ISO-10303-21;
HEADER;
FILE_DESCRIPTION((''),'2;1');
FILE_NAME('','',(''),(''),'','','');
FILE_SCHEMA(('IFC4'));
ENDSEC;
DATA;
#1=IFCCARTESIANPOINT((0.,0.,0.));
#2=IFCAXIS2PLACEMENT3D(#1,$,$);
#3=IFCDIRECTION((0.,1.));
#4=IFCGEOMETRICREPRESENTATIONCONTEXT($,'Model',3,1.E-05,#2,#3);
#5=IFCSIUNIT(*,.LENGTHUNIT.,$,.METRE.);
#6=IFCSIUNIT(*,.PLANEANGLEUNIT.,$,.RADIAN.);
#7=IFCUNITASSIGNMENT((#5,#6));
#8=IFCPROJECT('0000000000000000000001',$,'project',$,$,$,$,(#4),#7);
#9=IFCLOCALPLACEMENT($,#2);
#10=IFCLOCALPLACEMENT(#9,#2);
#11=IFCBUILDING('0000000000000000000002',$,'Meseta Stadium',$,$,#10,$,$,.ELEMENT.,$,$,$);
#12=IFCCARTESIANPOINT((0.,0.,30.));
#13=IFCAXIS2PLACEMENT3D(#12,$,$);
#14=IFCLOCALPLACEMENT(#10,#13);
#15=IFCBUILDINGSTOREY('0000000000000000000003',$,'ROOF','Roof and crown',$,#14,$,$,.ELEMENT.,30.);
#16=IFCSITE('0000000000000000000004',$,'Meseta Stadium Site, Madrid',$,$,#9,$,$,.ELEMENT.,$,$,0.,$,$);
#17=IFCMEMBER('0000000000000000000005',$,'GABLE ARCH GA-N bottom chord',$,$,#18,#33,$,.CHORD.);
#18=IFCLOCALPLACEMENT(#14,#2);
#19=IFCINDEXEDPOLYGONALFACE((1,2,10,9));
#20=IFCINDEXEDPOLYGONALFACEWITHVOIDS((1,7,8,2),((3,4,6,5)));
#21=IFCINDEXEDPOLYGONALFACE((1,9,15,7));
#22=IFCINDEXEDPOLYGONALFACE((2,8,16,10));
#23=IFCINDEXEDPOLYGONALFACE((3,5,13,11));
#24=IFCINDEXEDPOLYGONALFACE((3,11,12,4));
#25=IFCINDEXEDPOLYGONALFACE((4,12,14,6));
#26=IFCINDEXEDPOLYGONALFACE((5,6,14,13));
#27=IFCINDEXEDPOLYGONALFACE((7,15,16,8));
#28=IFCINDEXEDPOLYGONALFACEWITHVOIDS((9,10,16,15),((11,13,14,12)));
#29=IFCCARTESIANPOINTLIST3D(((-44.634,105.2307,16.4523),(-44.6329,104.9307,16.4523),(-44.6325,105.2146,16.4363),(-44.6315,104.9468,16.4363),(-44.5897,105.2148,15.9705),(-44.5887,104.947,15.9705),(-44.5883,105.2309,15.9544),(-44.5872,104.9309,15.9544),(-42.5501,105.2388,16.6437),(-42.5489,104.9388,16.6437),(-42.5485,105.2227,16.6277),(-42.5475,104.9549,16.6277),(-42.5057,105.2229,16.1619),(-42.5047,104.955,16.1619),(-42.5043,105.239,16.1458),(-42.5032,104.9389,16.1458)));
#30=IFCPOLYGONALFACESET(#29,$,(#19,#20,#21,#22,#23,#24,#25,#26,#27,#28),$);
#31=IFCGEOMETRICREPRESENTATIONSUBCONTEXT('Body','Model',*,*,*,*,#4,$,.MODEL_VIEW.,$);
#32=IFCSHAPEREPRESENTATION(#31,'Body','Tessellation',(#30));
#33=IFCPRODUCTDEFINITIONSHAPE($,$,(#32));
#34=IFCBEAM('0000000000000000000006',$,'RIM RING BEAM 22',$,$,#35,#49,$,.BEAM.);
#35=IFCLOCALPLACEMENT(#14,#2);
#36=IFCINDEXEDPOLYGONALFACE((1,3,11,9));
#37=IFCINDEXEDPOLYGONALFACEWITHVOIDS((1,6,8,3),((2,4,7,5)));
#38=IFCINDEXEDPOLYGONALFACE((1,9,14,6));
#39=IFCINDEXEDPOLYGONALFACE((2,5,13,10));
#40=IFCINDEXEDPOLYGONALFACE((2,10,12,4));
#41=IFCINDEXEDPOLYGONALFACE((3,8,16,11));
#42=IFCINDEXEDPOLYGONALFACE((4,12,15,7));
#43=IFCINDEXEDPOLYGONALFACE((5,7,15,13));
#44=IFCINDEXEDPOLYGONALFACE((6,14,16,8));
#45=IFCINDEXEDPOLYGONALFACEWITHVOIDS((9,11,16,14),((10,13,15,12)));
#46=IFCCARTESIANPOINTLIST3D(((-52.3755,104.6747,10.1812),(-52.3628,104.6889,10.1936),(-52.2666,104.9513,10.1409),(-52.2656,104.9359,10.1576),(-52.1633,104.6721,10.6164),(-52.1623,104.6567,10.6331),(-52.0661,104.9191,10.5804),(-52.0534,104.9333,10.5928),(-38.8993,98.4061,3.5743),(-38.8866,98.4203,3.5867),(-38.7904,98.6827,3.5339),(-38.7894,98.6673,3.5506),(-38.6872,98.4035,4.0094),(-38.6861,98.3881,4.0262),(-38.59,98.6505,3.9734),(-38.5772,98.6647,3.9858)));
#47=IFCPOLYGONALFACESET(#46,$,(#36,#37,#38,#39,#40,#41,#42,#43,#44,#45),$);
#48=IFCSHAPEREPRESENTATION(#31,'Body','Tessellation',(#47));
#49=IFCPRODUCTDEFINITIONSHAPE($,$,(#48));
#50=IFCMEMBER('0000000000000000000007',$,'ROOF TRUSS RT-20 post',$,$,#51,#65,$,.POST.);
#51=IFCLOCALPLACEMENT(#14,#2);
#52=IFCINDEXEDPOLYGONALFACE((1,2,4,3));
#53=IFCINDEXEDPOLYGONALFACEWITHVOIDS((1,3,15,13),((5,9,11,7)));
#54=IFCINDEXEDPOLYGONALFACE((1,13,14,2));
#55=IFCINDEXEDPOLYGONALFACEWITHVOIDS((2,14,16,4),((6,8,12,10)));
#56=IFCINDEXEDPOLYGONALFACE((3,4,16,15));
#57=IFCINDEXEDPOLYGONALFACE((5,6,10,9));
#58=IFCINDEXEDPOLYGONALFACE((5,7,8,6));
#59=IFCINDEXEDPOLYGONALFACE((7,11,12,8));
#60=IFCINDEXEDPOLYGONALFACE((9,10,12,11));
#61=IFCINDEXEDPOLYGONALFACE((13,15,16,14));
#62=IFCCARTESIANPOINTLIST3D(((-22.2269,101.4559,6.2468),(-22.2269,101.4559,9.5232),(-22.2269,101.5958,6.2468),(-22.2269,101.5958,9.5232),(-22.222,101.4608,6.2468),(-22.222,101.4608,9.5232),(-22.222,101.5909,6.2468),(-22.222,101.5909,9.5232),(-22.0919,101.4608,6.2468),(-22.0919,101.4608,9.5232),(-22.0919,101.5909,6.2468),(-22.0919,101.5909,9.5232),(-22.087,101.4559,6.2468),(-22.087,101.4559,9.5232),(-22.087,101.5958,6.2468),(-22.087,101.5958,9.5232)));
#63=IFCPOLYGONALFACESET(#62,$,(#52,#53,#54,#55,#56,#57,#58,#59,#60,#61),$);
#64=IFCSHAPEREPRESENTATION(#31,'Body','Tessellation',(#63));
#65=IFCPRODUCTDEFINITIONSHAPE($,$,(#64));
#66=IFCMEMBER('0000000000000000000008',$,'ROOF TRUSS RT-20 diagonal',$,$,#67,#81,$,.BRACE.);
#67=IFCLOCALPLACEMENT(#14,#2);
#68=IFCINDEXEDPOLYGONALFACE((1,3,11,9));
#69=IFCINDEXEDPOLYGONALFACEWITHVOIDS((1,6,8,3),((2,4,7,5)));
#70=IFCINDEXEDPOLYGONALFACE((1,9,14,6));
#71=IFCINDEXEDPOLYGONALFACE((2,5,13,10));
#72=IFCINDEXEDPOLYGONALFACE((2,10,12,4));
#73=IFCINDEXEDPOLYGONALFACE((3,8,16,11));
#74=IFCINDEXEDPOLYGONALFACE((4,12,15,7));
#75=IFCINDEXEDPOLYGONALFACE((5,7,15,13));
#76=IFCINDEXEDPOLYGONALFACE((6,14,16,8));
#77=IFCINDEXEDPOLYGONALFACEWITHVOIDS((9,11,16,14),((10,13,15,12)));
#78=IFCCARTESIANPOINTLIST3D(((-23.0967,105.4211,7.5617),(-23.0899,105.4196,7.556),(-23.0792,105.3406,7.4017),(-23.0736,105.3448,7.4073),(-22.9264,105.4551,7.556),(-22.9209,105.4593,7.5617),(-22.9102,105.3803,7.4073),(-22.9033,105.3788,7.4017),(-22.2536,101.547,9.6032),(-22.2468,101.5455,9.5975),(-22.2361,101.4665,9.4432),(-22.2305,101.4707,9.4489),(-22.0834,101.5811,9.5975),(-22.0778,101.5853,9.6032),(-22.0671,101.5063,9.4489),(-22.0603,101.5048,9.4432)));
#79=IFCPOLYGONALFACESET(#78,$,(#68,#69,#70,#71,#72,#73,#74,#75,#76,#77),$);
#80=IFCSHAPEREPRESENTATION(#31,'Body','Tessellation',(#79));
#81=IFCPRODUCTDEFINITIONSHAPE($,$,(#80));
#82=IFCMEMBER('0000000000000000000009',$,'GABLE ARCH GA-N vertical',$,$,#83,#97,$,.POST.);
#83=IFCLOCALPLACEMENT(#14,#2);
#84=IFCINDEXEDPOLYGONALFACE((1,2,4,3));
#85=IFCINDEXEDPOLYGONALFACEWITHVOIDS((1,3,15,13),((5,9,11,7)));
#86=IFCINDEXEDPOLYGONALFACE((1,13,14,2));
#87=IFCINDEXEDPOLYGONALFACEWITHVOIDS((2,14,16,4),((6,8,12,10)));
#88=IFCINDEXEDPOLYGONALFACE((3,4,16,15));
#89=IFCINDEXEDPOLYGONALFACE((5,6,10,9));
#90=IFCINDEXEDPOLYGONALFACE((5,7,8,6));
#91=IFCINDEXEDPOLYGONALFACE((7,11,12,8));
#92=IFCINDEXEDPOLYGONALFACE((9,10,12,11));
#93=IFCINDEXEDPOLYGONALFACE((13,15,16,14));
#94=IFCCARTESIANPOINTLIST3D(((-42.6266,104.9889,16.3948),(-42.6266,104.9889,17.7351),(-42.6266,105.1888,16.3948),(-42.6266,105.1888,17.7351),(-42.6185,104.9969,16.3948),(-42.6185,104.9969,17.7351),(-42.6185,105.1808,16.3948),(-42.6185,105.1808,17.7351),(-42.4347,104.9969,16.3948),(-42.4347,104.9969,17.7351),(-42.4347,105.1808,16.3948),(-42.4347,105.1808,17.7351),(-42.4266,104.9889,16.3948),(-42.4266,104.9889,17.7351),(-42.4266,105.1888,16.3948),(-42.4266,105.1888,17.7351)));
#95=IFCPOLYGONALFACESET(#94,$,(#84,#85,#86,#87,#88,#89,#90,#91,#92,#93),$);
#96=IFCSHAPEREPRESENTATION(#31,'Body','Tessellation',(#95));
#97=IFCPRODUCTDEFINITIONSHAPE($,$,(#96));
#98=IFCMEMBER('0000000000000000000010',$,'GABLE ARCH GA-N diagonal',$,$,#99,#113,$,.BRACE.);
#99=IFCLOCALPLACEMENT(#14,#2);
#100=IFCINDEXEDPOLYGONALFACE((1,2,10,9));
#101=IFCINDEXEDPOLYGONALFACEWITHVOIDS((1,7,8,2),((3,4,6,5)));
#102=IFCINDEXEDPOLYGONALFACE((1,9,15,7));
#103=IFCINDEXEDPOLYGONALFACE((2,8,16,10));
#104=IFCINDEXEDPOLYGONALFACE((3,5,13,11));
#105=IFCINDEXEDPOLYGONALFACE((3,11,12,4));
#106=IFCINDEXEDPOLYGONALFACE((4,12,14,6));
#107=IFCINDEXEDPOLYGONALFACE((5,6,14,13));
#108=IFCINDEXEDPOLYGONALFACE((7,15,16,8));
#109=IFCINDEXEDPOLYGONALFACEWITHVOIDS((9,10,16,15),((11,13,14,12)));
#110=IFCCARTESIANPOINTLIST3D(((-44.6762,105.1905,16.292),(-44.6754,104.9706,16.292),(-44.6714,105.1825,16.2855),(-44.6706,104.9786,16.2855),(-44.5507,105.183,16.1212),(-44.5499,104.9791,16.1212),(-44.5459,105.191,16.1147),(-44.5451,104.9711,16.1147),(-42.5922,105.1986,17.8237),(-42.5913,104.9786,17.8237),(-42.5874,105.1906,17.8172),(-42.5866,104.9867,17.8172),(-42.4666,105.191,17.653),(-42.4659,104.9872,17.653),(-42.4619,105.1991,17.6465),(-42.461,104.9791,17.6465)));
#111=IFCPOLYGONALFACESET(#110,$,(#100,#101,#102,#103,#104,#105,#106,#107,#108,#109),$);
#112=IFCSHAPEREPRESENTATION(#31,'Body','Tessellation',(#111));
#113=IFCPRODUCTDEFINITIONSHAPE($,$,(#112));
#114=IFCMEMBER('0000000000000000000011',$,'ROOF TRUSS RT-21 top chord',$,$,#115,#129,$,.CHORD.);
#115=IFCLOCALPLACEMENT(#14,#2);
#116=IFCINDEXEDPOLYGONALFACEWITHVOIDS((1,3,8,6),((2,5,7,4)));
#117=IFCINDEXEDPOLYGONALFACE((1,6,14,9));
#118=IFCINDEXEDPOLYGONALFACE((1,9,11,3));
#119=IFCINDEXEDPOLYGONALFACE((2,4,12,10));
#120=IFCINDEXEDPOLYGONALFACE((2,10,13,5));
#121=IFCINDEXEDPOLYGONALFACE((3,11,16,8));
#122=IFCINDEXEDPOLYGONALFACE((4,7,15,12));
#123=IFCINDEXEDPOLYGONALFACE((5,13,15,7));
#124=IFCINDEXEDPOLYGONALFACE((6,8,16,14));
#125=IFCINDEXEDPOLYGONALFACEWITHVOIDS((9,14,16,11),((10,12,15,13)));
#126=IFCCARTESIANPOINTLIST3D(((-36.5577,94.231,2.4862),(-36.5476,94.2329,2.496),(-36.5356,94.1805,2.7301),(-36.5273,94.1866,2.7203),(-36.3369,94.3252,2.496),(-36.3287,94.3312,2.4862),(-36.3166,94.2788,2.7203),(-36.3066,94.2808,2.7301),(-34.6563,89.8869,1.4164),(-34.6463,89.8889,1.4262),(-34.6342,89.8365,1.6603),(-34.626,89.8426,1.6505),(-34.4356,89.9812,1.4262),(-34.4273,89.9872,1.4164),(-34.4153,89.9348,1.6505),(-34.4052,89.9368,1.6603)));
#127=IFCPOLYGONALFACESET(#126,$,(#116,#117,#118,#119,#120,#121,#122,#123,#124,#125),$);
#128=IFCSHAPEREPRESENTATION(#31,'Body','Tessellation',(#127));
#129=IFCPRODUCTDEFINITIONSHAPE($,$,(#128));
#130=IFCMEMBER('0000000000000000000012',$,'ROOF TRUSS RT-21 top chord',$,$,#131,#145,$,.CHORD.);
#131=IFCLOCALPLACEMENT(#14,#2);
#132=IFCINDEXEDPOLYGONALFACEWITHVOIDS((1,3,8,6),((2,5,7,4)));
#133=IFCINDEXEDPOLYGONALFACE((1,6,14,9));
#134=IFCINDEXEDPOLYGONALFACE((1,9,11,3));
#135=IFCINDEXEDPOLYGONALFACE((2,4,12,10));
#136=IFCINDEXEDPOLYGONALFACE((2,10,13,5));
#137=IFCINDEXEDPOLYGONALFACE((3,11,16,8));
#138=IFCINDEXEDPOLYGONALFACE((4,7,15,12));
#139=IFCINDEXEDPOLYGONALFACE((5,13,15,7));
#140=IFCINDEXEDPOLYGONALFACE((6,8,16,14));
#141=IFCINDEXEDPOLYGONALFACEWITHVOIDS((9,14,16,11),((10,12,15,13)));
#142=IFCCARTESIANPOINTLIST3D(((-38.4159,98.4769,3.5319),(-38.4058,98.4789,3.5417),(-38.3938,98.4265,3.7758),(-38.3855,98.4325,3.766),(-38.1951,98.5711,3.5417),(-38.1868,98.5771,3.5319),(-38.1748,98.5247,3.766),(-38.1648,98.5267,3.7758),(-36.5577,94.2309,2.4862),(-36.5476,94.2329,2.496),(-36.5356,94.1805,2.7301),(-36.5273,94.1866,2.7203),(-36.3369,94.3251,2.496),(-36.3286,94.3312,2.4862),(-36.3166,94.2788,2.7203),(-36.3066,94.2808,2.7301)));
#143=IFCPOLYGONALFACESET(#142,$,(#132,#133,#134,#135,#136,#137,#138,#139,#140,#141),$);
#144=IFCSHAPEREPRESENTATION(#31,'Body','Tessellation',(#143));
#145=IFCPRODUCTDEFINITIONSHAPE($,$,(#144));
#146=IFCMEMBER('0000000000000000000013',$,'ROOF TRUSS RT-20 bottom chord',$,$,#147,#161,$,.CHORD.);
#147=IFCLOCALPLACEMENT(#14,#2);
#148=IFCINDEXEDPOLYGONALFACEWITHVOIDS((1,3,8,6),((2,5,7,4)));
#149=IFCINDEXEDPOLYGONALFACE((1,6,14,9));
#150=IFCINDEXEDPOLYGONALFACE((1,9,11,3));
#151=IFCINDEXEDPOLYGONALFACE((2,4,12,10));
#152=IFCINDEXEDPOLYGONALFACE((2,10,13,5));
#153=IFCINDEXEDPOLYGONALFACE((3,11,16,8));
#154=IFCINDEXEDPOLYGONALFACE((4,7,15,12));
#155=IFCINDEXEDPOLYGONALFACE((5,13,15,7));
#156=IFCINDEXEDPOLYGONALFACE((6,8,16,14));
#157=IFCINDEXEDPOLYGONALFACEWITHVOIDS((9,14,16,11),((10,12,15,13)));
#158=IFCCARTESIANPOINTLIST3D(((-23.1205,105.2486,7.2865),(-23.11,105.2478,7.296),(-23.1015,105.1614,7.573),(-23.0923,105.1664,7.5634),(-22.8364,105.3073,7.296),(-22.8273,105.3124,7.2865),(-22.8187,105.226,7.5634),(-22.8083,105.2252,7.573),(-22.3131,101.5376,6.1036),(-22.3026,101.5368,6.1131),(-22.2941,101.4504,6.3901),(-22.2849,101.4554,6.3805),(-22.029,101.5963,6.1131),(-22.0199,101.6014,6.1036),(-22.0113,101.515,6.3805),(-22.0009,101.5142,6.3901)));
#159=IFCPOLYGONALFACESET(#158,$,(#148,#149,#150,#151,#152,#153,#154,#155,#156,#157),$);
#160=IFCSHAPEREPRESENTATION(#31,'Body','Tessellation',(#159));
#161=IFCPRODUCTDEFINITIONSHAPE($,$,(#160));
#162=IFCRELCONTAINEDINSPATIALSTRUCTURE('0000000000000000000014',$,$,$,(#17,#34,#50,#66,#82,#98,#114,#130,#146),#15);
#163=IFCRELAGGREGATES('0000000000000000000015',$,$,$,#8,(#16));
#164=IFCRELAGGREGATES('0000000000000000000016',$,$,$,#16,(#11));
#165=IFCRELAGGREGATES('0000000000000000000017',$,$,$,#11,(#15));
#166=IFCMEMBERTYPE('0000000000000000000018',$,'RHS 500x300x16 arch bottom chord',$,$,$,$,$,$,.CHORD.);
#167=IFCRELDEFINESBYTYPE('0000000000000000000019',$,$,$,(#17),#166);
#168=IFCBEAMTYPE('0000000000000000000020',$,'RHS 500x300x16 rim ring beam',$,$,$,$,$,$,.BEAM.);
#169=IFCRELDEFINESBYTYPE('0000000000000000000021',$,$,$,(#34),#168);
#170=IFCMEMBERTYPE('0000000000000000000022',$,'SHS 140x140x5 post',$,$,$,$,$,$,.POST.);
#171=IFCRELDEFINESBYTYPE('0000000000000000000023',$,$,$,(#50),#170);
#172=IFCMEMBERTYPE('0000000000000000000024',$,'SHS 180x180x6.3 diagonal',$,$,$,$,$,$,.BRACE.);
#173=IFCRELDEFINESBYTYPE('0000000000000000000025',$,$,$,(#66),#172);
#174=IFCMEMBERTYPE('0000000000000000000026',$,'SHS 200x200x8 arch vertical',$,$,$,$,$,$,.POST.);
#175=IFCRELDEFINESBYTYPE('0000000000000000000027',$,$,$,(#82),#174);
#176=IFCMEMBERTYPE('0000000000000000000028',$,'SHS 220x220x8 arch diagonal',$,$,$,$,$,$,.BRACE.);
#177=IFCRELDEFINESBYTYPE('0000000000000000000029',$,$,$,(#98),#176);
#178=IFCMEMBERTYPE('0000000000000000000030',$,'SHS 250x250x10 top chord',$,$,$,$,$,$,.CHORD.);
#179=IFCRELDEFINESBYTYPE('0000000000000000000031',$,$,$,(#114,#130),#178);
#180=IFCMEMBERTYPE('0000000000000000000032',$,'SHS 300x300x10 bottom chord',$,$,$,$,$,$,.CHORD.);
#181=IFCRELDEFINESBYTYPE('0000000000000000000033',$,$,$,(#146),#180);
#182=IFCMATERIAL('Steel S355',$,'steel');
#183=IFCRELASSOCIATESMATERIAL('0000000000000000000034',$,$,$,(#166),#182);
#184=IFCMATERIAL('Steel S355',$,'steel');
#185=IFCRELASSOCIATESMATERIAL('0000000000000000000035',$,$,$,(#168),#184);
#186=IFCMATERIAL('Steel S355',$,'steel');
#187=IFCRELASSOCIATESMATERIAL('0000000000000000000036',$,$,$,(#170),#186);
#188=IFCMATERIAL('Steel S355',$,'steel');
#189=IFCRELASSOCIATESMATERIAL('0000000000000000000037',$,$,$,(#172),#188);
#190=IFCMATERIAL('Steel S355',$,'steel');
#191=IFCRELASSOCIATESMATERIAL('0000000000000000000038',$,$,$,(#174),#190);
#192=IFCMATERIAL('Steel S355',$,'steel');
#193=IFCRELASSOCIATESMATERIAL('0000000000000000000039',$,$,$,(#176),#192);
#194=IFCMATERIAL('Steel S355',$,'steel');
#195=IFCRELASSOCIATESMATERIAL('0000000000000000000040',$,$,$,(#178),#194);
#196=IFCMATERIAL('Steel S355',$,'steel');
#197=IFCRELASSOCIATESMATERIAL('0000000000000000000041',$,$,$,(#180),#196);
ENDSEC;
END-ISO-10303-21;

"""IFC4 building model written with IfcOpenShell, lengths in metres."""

from ifc_helpers import new_model, si_unit, direction, frame, origin, origin_2d, place, context, subcontext, project, spatial, hollow_rectangle, extrude, material, material_profile, profile_set, type_object, element, save


model = new_model("IFC4")

# Units and contexts
model_context = context("Model", 3, precision=1e-05, world=origin(), true_north=direction((0.0, 1.0)))
body_context = subcontext(model_context, "Body", "Model", "MODEL_VIEW")
ifc_project = project(units=[si_unit("LENGTHUNIT", "METRE"), si_unit("PLANEANGLEUNIT", "RADIAN")], contexts=[model_context])

# Site, building, storey
site_placement = place(None, origin())
site = spatial("IfcSite", under=ifc_project, at=site_placement, Name="Meseta Stadium Site, Madrid", CompositionType="ELEMENT", RefElevation=0.0)
building_placement = place(site_placement, origin())
building = spatial("IfcBuilding", under=site, at=building_placement, Name="Meseta Stadium", CompositionType="ELEMENT")
storey_placement = place(building_placement, frame((0.0, 0.0, 30.0)))
storey = spatial("IfcBuildingStorey", under=building, at=storey_placement, Name="ROOF", Description="Roof and crown", CompositionType="ELEMENT", Elevation=30.0)

# Member
ifc_material_1 = material(Name="Steel S355", Category="steel")
ifc_material_profile_1 = material_profile(ifc_material_1, hollow_rectangle(XDim=0.3, YDim=0.5, WallThickness=0.0161, at=origin_2d()), Name="RHS 500x300x16")
ifc_profile_set_1 = profile_set([ifc_material_profile_1], Name="Steel S355")
member_type_1 = type_object("IfcMemberType", Name="RHS 500x300x16 arch bottom chord", PredefinedType="CHORD", material=ifc_profile_set_1)
member_1_placement = place(storey_placement, frame((-42.5266, 105.0889, 16.3948), z_axis=(-0.995801, -0.00385, -0.091461), x_axis=(0.003866, -0.999993, 0.0)))
element("IfcMember", 1, at=member_1_placement, inside=storey, type_object=member_type_1, Name="GABLE ARCH GA-N bottom chord", PredefinedType="CHORD", context=body_context, shape_type="SweptSolid", body=[
    extrude(hollow_rectangle(XDim=0.3, YDim=0.5, WallThickness=0.0161, at=origin_2d()), origin(), (0.0, 0.0, 1.0), 2.0928),
])

# Beam
ifc_material_2 = material(Name="Steel S355", Category="steel")
ifc_material_profile_2 = material_profile(ifc_material_2, hollow_rectangle(XDim=0.3, YDim=0.5, WallThickness=0.0161, at=origin_2d()), Name="RHS 500x300x16")
ifc_profile_set_2 = profile_set([ifc_material_profile_2], Name="Steel S355")
beam_type = type_object("IfcBeamType", Name="RHS 500x300x16 rim ring beam", PredefinedType="BEAM", material=ifc_profile_set_2)
beam_placement = place(storey_placement, frame((-38.7383, 98.5354, 3.78), z_axis=(-0.828531, 0.385401, 0.406205), x_axis=(-0.362949, -0.922048, 0.134523)))
element("IfcBeam", 2, at=beam_placement, inside=storey, type_object=beam_type, Name="RIM RING BEAM 22", PredefinedType="BEAM", context=body_context, shape_type="SweptSolid", body=[
    extrude(hollow_rectangle(XDim=0.3, YDim=0.5, WallThickness=0.0161, at=origin_2d()), origin(), (0.0, 0.0, 1.0), 16.2651),
])

# Members
ifc_material_3 = material(Name="Steel S355", Category="steel")
ifc_material_profile_3 = material_profile(ifc_material_3, hollow_rectangle(XDim=0.1399, YDim=0.1399, WallThickness=0.0049, at=origin_2d()), Name="SHS 140x140x5")
ifc_profile_set_3 = profile_set([ifc_material_profile_3], Name="Steel S355")
member_type_2 = type_object("IfcMemberType", Name="SHS 140x140x5 post", PredefinedType="POST", material=ifc_profile_set_3)
member_2_placement = place(storey_placement, frame((-22.157, 101.5259, 6.2468), z_axis=(0.0, 0.0, 1.0), x_axis=(1.0, 0.0, 0.0)))
element("IfcMember", 3, at=member_2_placement, inside=storey, type_object=member_type_2, Name="ROOF TRUSS RT-20 post", PredefinedType="POST", context=body_context, shape_type="SweptSolid", body=[
    extrude(hollow_rectangle(XDim=0.1399, YDim=0.1399, WallThickness=0.0049, at=origin_2d()), origin(), (0.0, 0.0, 1.0), 3.2764),
])
ifc_material_4 = material(Name="Steel S355", Category="steel")
ifc_material_profile_4 = material_profile(ifc_material_4, hollow_rectangle(XDim=0.1799, YDim=0.1799, WallThickness=0.0063, at=origin_2d()), Name="SHS 180x180x6.3")
ifc_profile_set_4 = profile_set([ifc_material_profile_4], Name="Steel S355")
member_type_3 = type_object("IfcMemberType", Name="SHS 180x180x6.3 diagonal", PredefinedType="BRACE", material=ifc_profile_set_4)
member_3_placement = place(storey_placement, frame((-22.157, 101.5259, 9.5232), z_axis=(-0.189042, 0.868727, -0.457795), x_axis=(-0.977132, -0.212632, 0.0)))
element("IfcMember", 4, at=member_3_placement, inside=storey, type_object=member_type_3, Name="ROOF TRUSS RT-20 diagonal", PredefinedType="BRACE", context=body_context, shape_type="SweptSolid", body=[
    extrude(hollow_rectangle(XDim=0.1799, YDim=0.1799, WallThickness=0.0063, at=origin_2d()), origin(), (0.0, 0.0, 1.0), 4.4595),
])
ifc_material_5 = material(Name="Steel S355", Category="steel")
ifc_material_profile_5 = material_profile(ifc_material_5, hollow_rectangle(XDim=0.2, YDim=0.2, WallThickness=0.0081, at=origin_2d()), Name="SHS 200x200x8")
ifc_profile_set_5 = profile_set([ifc_material_profile_5], Name="Steel S355")
member_type_4 = type_object("IfcMemberType", Name="SHS 200x200x8 arch vertical", PredefinedType="POST", material=ifc_profile_set_5)
member_4_placement = place(storey_placement, frame((-42.5266, 105.0889, 16.3948), z_axis=(0.0, 0.0, 1.0), x_axis=(1.0, 0.0, 0.0)))
element("IfcMember", 5, at=member_4_placement, inside=storey, type_object=member_type_4, Name="GABLE ARCH GA-N vertical", PredefinedType="POST", context=body_context, shape_type="SweptSolid", body=[
    extrude(hollow_rectangle(XDim=0.2, YDim=0.2, WallThickness=0.0081, at=origin_2d()), origin(), (0.0, 0.0, 1.0), 1.3403),
])
ifc_material_6 = material(Name="Steel S355", Category="steel")
ifc_material_profile_6 = material_profile(ifc_material_6, hollow_rectangle(XDim=0.22, YDim=0.22, WallThickness=0.0081, at=origin_2d()), Name="SHS 220x220x8")
ifc_profile_set_6 = profile_set([ifc_material_profile_6], Name="Steel S355")
member_type_5 = type_object("IfcMemberType", Name="SHS 220x220x8 arch diagonal", PredefinedType="BRACE", material=ifc_profile_set_6)
member_5_placement = place(storey_placement, frame((-42.5266, 105.0889, 17.7351), z_axis=(-0.805758, -0.003115, -0.592236), x_axis=(0.003866, -0.999993, 0.0)))
element("IfcMember", 6, at=member_5_placement, inside=storey, type_object=member_type_5, Name="GABLE ARCH GA-N diagonal", PredefinedType="BRACE", context=body_context, shape_type="SweptSolid", body=[
    extrude(hollow_rectangle(XDim=0.22, YDim=0.22, WallThickness=0.0081, at=origin_2d()), origin(), (0.0, 0.0, 1.0), 2.5864),
])
ifc_material_7 = material(Name="Steel S355", Category="steel")
ifc_material_profile_7 = material_profile(ifc_material_7, hollow_rectangle(XDim=0.25, YDim=0.25, WallThickness=0.01, at=origin_2d()), Name="SHS 250x250x10")
ifc_profile_set_7 = profile_set([ifc_material_profile_7], Name="Steel S355")
member_type_6 = type_object("IfcMemberType", Name="SHS 250x250x10 top chord", PredefinedType="CHORD", material=ifc_profile_set_7)
member_6_placement = place(storey_placement, frame((-34.5308, 89.9119, 1.5383), z_axis=(-0.391142, 0.893629, 0.22008), x_axis=(-0.91609, -0.400973, 0.0)))
element("IfcMember", 7, at=member_6_placement, inside=storey, type_object=member_type_6, Name="ROOF TRUSS RT-21 top chord", PredefinedType="CHORD", context=body_context, shape_type="SweptSolid", body=[
    extrude(hollow_rectangle(XDim=0.25, YDim=0.25, WallThickness=0.01, at=origin_2d()), origin(), (0.0, 0.0, 1.0), 4.8611),
])
member_7_placement = place(storey_placement, frame((-36.4321, 94.2559, 2.6082), z_axis=(-0.391096, 0.893648, 0.220085), x_axis=(-0.91611, -0.400927, 0.0)))
element("IfcMember", 8, at=member_7_placement, inside=storey, type_object=member_type_6, Name="ROOF TRUSS RT-21 top chord", PredefinedType="CHORD", context=body_context, shape_type="SweptSolid", body=[
    extrude(hollow_rectangle(XDim=0.25, YDim=0.25, WallThickness=0.01, at=origin_2d()), origin(), (0.0, 0.0, 1.0), 4.7512),
])
ifc_material_8 = material(Name="Steel S355", Category="steel")
ifc_material_profile_8 = material_profile(ifc_material_8, hollow_rectangle(XDim=0.3, YDim=0.3, WallThickness=0.01, at=origin_2d()), Name="SHS 300x300x10")
ifc_profile_set_8 = profile_set([ifc_material_profile_8], Name="Steel S355")
member_type_7 = type_object("IfcMemberType", Name="SHS 300x300x10 bottom chord", PredefinedType="CHORD", material=ifc_profile_set_8)
member_8_placement = place(storey_placement, frame((-22.157, 101.5259, 6.2468), z_axis=(-0.202975, 0.932936, 0.297373), x_axis=(-0.977141, -0.212592, 0.0)))
element("IfcMember", 9, at=member_8_placement, inside=storey, type_object=member_type_7, Name="ROOF TRUSS RT-20 bottom chord", PredefinedType="CHORD", context=body_context, shape_type="SweptSolid", body=[
    extrude(hollow_rectangle(XDim=0.3, YDim=0.3, WallThickness=0.01, at=origin_2d()), origin(), (0.0, 0.0, 1.0), 3.9778),
])

save(model, "model.ifc")
